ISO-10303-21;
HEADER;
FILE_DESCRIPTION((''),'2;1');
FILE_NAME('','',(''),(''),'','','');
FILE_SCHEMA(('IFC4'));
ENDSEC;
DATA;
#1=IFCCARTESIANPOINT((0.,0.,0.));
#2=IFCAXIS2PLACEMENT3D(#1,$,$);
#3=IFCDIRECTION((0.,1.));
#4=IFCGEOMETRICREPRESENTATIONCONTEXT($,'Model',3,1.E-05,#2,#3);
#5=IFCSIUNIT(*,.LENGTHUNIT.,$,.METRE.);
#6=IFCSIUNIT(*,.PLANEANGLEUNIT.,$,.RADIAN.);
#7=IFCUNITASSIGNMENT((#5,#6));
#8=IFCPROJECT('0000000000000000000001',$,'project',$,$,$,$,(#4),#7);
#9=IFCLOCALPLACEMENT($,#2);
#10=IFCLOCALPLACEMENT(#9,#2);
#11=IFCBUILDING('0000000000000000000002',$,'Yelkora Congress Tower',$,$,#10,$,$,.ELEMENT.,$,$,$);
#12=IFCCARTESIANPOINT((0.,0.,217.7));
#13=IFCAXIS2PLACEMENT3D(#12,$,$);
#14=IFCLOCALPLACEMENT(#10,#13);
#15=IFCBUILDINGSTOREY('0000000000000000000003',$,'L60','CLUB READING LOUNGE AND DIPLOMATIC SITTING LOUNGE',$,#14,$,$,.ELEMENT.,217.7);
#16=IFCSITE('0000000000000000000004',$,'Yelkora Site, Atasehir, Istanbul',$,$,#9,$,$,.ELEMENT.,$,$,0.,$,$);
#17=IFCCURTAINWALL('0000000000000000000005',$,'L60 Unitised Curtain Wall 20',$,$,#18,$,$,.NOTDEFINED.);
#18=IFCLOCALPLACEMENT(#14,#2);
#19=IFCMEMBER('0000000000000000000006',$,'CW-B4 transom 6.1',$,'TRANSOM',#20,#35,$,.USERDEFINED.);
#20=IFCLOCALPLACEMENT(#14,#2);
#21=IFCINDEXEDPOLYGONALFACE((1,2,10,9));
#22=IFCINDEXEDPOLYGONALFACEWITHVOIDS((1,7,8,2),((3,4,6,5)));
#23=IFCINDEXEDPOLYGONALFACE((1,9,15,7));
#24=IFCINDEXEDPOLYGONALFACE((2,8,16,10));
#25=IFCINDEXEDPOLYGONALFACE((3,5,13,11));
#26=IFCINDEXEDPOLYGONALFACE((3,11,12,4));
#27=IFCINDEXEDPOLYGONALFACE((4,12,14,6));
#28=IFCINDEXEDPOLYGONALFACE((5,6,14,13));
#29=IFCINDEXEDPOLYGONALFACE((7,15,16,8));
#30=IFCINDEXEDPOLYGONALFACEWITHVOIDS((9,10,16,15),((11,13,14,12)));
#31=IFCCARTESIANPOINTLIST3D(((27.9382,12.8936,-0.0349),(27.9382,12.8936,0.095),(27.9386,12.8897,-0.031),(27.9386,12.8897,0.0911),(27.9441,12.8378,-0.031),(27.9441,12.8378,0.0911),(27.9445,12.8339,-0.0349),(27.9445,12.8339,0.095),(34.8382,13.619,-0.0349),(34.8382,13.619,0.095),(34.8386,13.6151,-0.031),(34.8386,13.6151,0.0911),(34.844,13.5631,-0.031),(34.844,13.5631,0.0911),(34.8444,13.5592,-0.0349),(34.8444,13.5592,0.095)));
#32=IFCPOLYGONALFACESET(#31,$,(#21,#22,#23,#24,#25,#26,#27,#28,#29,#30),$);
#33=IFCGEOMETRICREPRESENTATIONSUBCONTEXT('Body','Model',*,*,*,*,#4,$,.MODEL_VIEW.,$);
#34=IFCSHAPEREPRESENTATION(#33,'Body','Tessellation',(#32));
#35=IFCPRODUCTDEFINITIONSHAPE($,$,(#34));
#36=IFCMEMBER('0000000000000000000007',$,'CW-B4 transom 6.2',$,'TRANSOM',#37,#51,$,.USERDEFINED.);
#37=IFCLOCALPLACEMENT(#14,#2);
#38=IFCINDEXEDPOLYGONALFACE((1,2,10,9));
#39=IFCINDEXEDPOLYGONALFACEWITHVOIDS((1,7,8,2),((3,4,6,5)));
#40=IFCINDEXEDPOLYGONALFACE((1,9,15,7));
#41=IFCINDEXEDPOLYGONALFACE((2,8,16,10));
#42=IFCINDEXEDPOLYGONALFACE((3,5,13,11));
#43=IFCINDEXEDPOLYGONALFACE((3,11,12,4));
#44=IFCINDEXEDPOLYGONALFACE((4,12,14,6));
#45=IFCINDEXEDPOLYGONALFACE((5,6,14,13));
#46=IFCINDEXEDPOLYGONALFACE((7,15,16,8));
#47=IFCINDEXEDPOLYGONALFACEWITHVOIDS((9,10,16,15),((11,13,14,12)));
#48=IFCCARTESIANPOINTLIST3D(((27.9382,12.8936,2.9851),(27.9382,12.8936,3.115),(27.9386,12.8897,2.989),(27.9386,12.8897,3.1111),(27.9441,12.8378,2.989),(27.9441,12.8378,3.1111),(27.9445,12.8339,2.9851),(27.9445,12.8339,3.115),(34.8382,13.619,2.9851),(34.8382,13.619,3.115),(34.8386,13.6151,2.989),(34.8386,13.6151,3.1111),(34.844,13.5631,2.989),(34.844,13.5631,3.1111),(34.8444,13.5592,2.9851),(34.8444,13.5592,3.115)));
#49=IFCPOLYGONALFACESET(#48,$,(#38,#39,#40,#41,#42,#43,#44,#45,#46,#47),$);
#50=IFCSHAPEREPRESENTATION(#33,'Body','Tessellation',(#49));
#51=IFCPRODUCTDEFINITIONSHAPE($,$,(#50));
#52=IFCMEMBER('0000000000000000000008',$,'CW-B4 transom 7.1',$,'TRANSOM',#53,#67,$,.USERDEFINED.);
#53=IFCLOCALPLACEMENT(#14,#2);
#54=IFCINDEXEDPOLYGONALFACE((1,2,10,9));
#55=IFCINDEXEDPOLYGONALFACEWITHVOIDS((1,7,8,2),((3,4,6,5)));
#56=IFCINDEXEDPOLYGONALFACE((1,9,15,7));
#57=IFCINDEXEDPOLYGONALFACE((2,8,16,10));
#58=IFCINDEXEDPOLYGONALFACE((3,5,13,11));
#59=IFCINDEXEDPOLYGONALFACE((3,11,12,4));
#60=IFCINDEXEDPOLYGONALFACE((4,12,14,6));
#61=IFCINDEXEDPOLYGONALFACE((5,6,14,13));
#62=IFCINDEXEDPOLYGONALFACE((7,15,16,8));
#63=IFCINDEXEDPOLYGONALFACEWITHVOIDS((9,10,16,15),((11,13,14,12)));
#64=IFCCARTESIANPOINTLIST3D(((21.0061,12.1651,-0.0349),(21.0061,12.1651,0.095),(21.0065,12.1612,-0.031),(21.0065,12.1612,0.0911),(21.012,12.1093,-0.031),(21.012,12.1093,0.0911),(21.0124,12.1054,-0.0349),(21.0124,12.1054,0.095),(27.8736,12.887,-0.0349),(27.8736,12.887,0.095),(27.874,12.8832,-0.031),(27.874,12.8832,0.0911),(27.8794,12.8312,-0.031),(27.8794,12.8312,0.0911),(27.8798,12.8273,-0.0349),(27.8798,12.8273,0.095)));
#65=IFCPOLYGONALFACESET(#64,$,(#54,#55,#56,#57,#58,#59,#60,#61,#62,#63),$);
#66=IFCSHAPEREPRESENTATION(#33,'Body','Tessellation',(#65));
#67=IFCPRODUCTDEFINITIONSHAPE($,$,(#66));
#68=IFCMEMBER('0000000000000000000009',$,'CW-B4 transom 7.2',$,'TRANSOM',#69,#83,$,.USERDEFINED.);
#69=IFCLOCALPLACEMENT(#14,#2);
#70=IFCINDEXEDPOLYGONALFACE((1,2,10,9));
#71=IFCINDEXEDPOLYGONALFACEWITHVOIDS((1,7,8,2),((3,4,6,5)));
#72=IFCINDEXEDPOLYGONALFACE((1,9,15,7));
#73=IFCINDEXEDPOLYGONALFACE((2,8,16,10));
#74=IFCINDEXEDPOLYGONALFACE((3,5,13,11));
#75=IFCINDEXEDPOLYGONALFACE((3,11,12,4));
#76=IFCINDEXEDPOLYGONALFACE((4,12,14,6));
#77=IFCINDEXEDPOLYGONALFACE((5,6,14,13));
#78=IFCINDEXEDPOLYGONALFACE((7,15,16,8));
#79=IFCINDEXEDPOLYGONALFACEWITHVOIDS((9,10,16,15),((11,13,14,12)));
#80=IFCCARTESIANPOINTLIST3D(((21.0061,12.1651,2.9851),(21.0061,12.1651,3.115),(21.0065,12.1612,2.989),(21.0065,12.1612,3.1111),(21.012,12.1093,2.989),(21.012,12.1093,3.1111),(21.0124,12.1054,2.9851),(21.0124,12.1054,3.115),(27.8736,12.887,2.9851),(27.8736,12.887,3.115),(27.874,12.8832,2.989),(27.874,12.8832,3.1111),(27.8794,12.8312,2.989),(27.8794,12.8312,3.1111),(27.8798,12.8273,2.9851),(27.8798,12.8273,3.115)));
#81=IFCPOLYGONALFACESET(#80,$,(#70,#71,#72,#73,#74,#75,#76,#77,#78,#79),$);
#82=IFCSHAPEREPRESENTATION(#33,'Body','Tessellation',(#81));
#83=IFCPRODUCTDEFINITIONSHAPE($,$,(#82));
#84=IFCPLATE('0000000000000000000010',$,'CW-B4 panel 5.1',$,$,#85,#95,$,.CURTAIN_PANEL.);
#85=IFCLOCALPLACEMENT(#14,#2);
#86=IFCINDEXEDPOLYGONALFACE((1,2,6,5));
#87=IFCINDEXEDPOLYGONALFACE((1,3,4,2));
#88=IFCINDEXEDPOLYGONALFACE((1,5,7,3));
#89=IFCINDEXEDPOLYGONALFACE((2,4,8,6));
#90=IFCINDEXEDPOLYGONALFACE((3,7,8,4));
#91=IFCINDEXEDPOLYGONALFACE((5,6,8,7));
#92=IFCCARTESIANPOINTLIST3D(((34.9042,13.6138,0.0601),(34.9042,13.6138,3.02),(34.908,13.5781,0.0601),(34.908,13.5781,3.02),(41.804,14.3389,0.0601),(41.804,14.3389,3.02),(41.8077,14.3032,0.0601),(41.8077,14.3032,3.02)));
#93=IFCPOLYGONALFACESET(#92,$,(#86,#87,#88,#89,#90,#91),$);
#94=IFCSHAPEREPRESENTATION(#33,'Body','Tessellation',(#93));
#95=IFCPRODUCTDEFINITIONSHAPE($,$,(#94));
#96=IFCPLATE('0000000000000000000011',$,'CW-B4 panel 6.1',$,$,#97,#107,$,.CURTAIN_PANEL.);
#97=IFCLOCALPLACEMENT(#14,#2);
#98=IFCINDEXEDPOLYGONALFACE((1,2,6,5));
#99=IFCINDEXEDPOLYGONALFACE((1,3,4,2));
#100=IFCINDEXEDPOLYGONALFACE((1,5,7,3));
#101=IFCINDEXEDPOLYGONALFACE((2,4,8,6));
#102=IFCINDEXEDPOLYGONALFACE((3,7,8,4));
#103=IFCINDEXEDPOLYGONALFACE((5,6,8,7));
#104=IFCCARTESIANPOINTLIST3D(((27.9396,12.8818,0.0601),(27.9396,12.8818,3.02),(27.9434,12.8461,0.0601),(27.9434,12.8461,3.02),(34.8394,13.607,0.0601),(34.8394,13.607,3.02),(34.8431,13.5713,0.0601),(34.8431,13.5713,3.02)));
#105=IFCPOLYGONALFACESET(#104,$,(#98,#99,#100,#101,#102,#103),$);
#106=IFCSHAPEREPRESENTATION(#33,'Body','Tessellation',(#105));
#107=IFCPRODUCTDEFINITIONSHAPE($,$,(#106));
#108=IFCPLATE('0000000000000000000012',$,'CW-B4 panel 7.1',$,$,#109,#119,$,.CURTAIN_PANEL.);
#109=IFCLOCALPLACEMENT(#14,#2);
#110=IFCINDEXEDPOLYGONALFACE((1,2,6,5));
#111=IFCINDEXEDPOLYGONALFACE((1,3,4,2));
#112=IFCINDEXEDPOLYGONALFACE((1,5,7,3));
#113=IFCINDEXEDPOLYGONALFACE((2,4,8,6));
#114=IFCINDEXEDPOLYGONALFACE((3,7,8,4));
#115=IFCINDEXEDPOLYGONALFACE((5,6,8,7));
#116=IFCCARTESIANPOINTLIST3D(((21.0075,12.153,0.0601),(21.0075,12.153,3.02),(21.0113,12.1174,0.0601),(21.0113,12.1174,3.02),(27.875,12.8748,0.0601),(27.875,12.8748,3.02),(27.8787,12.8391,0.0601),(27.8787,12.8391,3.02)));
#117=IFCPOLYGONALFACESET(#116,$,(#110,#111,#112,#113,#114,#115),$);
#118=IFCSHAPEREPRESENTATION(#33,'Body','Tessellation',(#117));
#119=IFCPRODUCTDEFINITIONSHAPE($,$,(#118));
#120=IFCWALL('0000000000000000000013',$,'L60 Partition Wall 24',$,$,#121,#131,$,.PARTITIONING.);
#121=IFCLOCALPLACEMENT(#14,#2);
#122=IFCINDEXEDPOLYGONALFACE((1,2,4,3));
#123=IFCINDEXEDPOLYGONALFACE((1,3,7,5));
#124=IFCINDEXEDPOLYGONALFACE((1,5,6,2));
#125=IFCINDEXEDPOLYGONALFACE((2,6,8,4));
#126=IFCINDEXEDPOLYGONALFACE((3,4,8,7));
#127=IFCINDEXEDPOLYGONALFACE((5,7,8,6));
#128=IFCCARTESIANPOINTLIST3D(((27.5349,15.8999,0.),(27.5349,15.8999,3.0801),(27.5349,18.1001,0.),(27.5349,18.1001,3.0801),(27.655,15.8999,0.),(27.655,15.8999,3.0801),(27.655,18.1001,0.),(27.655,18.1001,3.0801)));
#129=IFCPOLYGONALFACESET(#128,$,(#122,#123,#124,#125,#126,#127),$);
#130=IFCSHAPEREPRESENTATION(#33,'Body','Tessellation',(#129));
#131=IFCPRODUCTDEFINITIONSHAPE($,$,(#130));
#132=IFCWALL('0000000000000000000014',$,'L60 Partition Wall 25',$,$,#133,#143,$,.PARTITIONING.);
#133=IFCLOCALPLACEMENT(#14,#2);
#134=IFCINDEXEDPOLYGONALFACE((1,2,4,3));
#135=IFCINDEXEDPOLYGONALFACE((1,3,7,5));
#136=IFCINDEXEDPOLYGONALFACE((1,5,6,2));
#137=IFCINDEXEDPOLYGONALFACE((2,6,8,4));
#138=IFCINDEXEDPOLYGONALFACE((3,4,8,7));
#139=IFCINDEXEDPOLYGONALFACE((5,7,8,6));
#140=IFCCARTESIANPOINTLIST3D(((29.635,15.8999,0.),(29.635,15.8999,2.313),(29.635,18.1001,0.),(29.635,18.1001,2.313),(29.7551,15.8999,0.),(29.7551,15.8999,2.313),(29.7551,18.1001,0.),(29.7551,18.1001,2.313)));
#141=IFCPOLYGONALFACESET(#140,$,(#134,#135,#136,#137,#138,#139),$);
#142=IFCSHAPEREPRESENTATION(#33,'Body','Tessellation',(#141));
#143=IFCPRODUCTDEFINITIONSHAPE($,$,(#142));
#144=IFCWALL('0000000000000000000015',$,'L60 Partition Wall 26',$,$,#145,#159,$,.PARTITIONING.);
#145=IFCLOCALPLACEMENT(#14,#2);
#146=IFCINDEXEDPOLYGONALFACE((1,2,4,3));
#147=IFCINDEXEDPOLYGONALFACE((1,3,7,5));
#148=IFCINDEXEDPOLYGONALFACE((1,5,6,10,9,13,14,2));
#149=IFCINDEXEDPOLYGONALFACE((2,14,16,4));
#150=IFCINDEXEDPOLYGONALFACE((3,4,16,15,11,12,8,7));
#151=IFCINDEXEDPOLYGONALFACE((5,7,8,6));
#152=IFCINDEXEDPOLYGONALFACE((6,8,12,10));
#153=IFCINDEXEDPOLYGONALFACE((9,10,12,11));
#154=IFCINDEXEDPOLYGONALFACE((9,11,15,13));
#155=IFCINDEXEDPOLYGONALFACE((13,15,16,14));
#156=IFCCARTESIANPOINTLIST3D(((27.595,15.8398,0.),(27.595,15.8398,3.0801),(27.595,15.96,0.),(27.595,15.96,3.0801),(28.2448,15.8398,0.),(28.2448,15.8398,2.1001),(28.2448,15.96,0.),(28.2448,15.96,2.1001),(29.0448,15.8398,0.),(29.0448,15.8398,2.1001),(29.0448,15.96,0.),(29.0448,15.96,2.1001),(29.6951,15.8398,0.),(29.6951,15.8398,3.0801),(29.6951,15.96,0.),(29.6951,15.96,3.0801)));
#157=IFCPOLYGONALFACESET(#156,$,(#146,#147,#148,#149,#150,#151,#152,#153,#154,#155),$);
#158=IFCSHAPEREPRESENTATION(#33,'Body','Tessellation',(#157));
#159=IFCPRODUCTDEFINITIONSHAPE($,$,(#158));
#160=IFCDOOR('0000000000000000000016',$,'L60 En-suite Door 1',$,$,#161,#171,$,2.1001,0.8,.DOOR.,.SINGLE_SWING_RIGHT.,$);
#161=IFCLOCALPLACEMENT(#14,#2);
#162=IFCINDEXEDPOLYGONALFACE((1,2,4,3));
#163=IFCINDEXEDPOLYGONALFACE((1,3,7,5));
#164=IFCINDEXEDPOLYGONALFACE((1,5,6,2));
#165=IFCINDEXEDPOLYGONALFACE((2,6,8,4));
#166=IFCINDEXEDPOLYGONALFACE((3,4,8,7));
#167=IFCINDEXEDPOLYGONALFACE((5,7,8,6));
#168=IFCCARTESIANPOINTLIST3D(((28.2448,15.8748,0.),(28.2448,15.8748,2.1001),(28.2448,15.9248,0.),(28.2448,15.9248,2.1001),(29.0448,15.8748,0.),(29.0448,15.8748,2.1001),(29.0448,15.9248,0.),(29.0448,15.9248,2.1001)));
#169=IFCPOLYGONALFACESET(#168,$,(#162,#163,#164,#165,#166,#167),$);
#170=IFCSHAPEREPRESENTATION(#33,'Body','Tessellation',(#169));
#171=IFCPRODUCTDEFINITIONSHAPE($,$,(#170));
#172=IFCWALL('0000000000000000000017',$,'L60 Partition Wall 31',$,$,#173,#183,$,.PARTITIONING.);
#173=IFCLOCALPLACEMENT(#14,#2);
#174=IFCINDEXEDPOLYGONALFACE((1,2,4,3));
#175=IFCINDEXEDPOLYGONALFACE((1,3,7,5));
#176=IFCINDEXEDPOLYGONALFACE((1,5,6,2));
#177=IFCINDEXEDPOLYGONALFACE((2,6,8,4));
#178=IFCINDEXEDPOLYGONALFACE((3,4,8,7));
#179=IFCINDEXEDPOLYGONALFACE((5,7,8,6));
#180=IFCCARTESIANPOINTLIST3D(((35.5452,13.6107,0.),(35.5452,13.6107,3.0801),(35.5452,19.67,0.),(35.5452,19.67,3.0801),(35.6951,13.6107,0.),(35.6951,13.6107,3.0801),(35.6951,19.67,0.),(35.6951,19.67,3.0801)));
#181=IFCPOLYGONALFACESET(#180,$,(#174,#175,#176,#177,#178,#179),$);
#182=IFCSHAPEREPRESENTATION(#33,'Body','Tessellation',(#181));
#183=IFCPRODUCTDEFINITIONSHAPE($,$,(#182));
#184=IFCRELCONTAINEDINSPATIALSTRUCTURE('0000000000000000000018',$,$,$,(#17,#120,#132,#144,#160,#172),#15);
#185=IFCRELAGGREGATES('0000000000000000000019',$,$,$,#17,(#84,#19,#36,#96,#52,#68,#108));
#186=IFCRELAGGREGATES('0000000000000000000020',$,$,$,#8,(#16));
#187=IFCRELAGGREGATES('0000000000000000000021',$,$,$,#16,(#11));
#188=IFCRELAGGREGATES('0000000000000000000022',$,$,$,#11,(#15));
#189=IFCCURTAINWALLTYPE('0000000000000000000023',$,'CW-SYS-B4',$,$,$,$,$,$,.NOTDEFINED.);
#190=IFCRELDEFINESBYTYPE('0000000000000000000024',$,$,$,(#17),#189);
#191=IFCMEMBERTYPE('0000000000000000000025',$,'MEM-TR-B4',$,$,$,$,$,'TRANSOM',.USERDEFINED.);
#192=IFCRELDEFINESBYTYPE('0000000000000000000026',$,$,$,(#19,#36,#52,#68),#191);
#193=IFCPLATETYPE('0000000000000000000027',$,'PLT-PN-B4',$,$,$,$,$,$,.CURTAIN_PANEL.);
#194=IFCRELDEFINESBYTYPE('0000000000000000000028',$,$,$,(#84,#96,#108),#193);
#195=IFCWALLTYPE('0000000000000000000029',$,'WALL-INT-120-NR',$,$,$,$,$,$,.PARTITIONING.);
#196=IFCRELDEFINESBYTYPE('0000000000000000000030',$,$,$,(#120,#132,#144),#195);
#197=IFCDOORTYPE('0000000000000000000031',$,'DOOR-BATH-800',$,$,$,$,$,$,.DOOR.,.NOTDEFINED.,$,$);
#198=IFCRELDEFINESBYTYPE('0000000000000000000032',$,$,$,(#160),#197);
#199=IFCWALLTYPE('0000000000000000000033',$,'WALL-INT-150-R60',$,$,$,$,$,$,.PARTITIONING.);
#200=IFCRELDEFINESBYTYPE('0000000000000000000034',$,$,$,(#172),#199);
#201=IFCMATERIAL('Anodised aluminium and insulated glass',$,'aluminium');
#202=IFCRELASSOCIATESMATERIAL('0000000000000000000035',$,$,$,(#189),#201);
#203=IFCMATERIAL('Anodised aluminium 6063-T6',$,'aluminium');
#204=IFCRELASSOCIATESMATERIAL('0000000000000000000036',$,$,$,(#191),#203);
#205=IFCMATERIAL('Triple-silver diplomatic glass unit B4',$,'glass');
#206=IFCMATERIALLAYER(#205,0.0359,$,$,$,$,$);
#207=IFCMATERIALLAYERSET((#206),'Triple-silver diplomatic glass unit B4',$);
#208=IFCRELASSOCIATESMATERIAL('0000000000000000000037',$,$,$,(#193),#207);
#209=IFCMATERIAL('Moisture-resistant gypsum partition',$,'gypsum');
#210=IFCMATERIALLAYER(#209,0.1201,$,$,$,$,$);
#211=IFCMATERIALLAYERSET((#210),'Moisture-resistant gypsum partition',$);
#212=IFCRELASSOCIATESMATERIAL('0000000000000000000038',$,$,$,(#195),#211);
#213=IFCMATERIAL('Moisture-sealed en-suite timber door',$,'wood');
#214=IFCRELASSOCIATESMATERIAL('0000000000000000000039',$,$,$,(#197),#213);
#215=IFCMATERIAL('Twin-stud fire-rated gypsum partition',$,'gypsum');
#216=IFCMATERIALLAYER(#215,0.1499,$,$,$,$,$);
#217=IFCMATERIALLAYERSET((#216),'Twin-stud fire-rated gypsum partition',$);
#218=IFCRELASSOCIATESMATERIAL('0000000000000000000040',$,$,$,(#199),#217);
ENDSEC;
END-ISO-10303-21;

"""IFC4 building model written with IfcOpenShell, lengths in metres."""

from ifc_helpers import new_model, si_unit, direction, frame, frame_2d, origin, origin_2d, place, context, subcontext, project, spatial, rectangle, hollow_rectangle, extrude, material, layer, layer_set, material_profile, profile_set, type_object, element, fill, aggregate, save


model = new_model("IFC4")

# Units and contexts
model_context = context("Model", 3, precision=1e-05, world=origin(), true_north=direction((0.0, 1.0)))
body_context = subcontext(model_context, "Body", "Model", "MODEL_VIEW")
ifc_project = project(units=[si_unit("LENGTHUNIT", "METRE"), si_unit("PLANEANGLEUNIT", "RADIAN")], contexts=[model_context])

# Site, building, storey
site_placement = place(None, origin())
site = spatial("IfcSite", under=ifc_project, at=site_placement, Name="Yelkora Site, Atasehir, Istanbul", CompositionType="ELEMENT", RefElevation=0.0)
building_placement = place(site_placement, origin())
building = spatial("IfcBuilding", under=site, at=building_placement, Name="Yelkora Congress Tower", CompositionType="ELEMENT")
storey_placement = place(building_placement, frame((0.0, 0.0, 217.7)))
storey = spatial("IfcBuildingStorey", under=building, at=storey_placement, Name="L60", Description="CLUB READING LOUNGE AND DIPLOMATIC SITTING LOUNGE", CompositionType="ELEMENT", Elevation=217.7)

# Curtain wall, members, plates
ifc_material_1 = material(Name="Anodised aluminium and insulated glass", Category="aluminium")
curtain_wall_type = type_object("IfcCurtainWallType", Name="CW-SYS-B4", PredefinedType="NOTDEFINED", material=ifc_material_1)
curtain_wall_placement = place(storey_placement, origin())
curtain_wall = element("IfcCurtainWall", 1, at=curtain_wall_placement, inside=storey, type_object=curtain_wall_type, Name="L60 Unitised Curtain Wall 20", PredefinedType="NOTDEFINED")
ifc_material_2 = material(Name="Anodised aluminium 6063-T6", Category="aluminium")
ifc_material_profile_1 = material_profile(ifc_material_2, hollow_rectangle(XDim=0.0601, YDim=0.1299, WallThickness=0.0039, at=origin_2d()), Name="ALU 60x130x4")
ifc_profile_set_1 = profile_set([ifc_material_profile_1], Name="Anodised aluminium 6063-T6")
member_type_1 = type_object("IfcMemberType", Name="MEM-TR-B4", ElementType="TRANSOM", PredefinedType="USERDEFINED", material=ifc_profile_set_1)
member_1_placement = place(storey_placement, frame((34.8413, 13.5891, 0.03), z_axis=(-0.99452, -0.104547, 0.0), x_axis=(0.104547, -0.99452, 0.0)))
member_1 = element("IfcMember", 2, at=member_1_placement, type_object=member_type_1, Name="CW-B4 transom 6.1", ObjectType="TRANSOM", PredefinedType="USERDEFINED", context=body_context, shape_type="SweptSolid", body=[
    extrude(hollow_rectangle(XDim=0.0601, YDim=0.1299, WallThickness=0.0039, at=origin_2d()), origin(), (0.0, 0.0, 1.0), 6.938),
])
member_2_placement = place(storey_placement, frame((34.8413, 13.5891, 3.05), z_axis=(-0.99452, -0.104547, 0.0), x_axis=(0.104547, -0.99452, 0.0)))
member_2 = element("IfcMember", 3, at=member_2_placement, type_object=member_type_1, Name="CW-B4 transom 6.2", ObjectType="TRANSOM", PredefinedType="USERDEFINED", context=body_context, shape_type="SweptSolid", body=[
    extrude(hollow_rectangle(XDim=0.0601, YDim=0.1299, WallThickness=0.0039, at=origin_2d()), origin(), (0.0, 0.0, 1.0), 6.938),
])
member_3_placement = place(storey_placement, frame((27.8767, 12.8572, 0.03), z_axis=(-0.99452, -0.104547, 0.0), x_axis=(0.104547, -0.99452, 0.0)))
member_3 = element("IfcMember", 4, at=member_3_placement, type_object=member_type_1, Name="CW-B4 transom 7.1", ObjectType="TRANSOM", PredefinedType="USERDEFINED", context=body_context, shape_type="SweptSolid", body=[
    extrude(hollow_rectangle(XDim=0.0601, YDim=0.1299, WallThickness=0.0039, at=origin_2d()), origin(), (0.0, 0.0, 1.0), 6.9053),
])
member_4_placement = place(storey_placement, frame((27.8767, 12.8572, 3.05), z_axis=(-0.99452, -0.104547, 0.0), x_axis=(0.104547, -0.99452, 0.0)))
member_4 = element("IfcMember", 5, at=member_4_placement, type_object=member_type_1, Name="CW-B4 transom 7.2", ObjectType="TRANSOM", PredefinedType="USERDEFINED", context=body_context, shape_type="SweptSolid", body=[
    extrude(hollow_rectangle(XDim=0.0601, YDim=0.1299, WallThickness=0.0039, at=origin_2d()), origin(), (0.0, 0.0, 1.0), 6.9053),
])
ifc_material_3 = material(Name="Triple-silver diplomatic glass unit B4", Category="glass")
ifc_layer_1 = layer(ifc_material_3, 0.0359)
ifc_layer_set_1 = layer_set([ifc_layer_1], Name="Triple-silver diplomatic glass unit B4")
plate_type = type_object("IfcPlateType", Name="PLT-PN-B4", PredefinedType="CURTAIN_PANEL", material=ifc_layer_set_1)
plate_1_placement = place(storey_placement, frame((38.356, 13.9585, 0.0601), z_axis=(0.0, 0.0, 1.0), x_axis=(-0.994522, -0.104527, 0.0)))
plate_1 = element("IfcPlate", 6, at=plate_1_placement, type_object=plate_type, Name="CW-B4 panel 5.1", PredefinedType="CURTAIN_PANEL", context=body_context, shape_type="SweptSolid", body=[
    extrude(rectangle(XDim=6.9377, YDim=0.0359, at=origin_2d()), origin(), (0.0, 0.0, 1.0), 2.96),
])
plate_2_placement = place(storey_placement, frame((31.3914, 13.2266, 0.0601), z_axis=(0.0, 0.0, 1.0), x_axis=(-0.994522, -0.104527, 0.0)))
plate_2 = element("IfcPlate", 7, at=plate_2_placement, type_object=plate_type, Name="CW-B4 panel 6.1", PredefinedType="CURTAIN_PANEL", context=body_context, shape_type="SweptSolid", body=[
    extrude(rectangle(XDim=6.9377, YDim=0.0359, at=origin_2d()), origin(), (0.0, 0.0, 1.0), 2.96),
])
plate_3_placement = place(storey_placement, frame((24.4431, 12.4961, 0.0601), z_axis=(0.0, 0.0, 1.0), x_axis=(-0.994522, -0.104527, 0.0)))
plate_3 = element("IfcPlate", 8, at=plate_3_placement, type_object=plate_type, Name="CW-B4 panel 7.1", PredefinedType="CURTAIN_PANEL", context=body_context, shape_type="SweptSolid", body=[
    extrude(rectangle(XDim=6.9053, YDim=0.0359, at=origin_2d()), origin(), (0.0, 0.0, 1.0), 2.96),
])
aggregate(curtain_wall, [plate_1, member_1, member_2, plate_2, member_3, member_4, plate_3])

# Walls
ifc_material_4 = material(Name="Moisture-resistant gypsum partition", Category="gypsum")
ifc_layer_2 = layer(ifc_material_4, 0.1201)
ifc_layer_set_2 = layer_set([ifc_layer_2], Name="Moisture-resistant gypsum partition")
wall_type_1 = type_object("IfcWallType", Name="WALL-INT-120-NR", PredefinedType="PARTITIONING", material=ifc_layer_set_2)
wall_1_placement = place(storey_placement, frame((27.595, 15.8999, 0.0), z_axis=(0.0, 0.0, 1.0), x_axis=(0.0, 1.0, 0.0)))
element("IfcWall", 9, at=wall_1_placement, inside=storey, type_object=wall_type_1, Name="L60 Partition Wall 24", PredefinedType="PARTITIONING", context=body_context, shape_type="SweptSolid", body=[
    extrude(rectangle(XDim=2.2002, YDim=0.1201, at=frame_2d((1.1001, 0.0))), origin(), (0.0, 0.0, 1.0), 3.0801),
])
wall_2_placement = place(storey_placement, frame((29.6951, 15.8999, 0.0), z_axis=(0.0, 0.0, 1.0), x_axis=(0.0, 1.0, 0.0)))
element("IfcWall", 10, at=wall_2_placement, inside=storey, type_object=wall_type_1, Name="L60 Partition Wall 25", PredefinedType="PARTITIONING", context=body_context, shape_type="SweptSolid", body=[
    extrude(rectangle(XDim=2.2002, YDim=0.1201, at=frame_2d((1.1001, 0.0))), origin(), (0.0, 0.0, 1.0), 2.313),
])

# Wall, opening, door
wall_3_placement = place(storey_placement, frame((27.595, 15.8999, 0.0), z_axis=(0.0, 0.0, 1.0), x_axis=(1.0, 0.0, 0.0)))
wall_3 = element("IfcWall", 11, at=wall_3_placement, inside=storey, type_object=wall_type_1, Name="L60 Partition Wall 26", PredefinedType="PARTITIONING", context=body_context, shape_type="SweptSolid", body=[
    extrude(rectangle(XDim=2.1001, YDim=0.1201, at=frame_2d((1.05, 0.0))), origin(), (0.0, 0.0, 1.0), 3.0801),
])
opening_placement = place(wall_3_placement, frame((0.6499, 0.0, 0.0)))
opening = element("IfcOpeningElement", 12, at=opening_placement, cuts=wall_3, PredefinedType="OPENING", context=body_context, shape_type="SweptSolid", body=[
    extrude(rectangle(XDim=0.8, YDim=2.1001, at=frame_2d((0.3999, 1.05))), frame((0.0, 0.0701, 0.0), z_axis=(0.0, -1.0, 0.0), x_axis=(1.0, 0.0, 0.0)), (0.0, 0.0, 1.0), 0.1401),
])
ifc_material_5 = material(Name="Moisture-sealed en-suite timber door", Category="wood")
door_type = type_object("IfcDoorType", Name="DOOR-BATH-800", OperationType="NOTDEFINED", PredefinedType="DOOR", material=ifc_material_5)
door_placement = place(opening_placement, origin())
door = element("IfcDoor", 13, at=door_placement, inside=storey, type_object=door_type, Name="L60 En-suite Door 1", OperationType="SINGLE_SWING_RIGHT", OverallHeight=2.1001, OverallWidth=0.8, PredefinedType="DOOR", context=body_context, shape_type="SweptSolid", body=[
    extrude(rectangle(XDim=0.8, YDim=2.1001, at=frame_2d((0.3999, 1.05))), frame((0.0, 0.0249, 0.0), z_axis=(0.0, -1.0, 0.0), x_axis=(1.0, 0.0, 0.0)), (0.0, 0.0, 1.0), 0.05),
])
fill(opening, door)

# Wall
ifc_material_6 = material(Name="Twin-stud fire-rated gypsum partition", Category="gypsum")
ifc_layer_3 = layer(ifc_material_6, 0.1499)
ifc_layer_set_3 = layer_set([ifc_layer_3], Name="Twin-stud fire-rated gypsum partition")
wall_type_2 = type_object("IfcWallType", Name="WALL-INT-150-R60", PredefinedType="PARTITIONING", material=ifc_layer_set_3)
wall_4_placement = place(storey_placement, frame((35.6201, 13.6106, 0.0), z_axis=(0.0, 0.0, 1.0), x_axis=(0.0, 1.0, 0.0)))
element("IfcWall", 14, at=wall_4_placement, inside=storey, type_object=wall_type_2, Name="L60 Partition Wall 31", PredefinedType="PARTITIONING", context=body_context, shape_type="SweptSolid", body=[
    extrude(rectangle(XDim=6.0593, YDim=0.1499, at=frame_2d((3.0298, 0.0))), origin(), (0.0, 0.0, 1.0), 3.0801),
])

save(model, "model.ifc")
